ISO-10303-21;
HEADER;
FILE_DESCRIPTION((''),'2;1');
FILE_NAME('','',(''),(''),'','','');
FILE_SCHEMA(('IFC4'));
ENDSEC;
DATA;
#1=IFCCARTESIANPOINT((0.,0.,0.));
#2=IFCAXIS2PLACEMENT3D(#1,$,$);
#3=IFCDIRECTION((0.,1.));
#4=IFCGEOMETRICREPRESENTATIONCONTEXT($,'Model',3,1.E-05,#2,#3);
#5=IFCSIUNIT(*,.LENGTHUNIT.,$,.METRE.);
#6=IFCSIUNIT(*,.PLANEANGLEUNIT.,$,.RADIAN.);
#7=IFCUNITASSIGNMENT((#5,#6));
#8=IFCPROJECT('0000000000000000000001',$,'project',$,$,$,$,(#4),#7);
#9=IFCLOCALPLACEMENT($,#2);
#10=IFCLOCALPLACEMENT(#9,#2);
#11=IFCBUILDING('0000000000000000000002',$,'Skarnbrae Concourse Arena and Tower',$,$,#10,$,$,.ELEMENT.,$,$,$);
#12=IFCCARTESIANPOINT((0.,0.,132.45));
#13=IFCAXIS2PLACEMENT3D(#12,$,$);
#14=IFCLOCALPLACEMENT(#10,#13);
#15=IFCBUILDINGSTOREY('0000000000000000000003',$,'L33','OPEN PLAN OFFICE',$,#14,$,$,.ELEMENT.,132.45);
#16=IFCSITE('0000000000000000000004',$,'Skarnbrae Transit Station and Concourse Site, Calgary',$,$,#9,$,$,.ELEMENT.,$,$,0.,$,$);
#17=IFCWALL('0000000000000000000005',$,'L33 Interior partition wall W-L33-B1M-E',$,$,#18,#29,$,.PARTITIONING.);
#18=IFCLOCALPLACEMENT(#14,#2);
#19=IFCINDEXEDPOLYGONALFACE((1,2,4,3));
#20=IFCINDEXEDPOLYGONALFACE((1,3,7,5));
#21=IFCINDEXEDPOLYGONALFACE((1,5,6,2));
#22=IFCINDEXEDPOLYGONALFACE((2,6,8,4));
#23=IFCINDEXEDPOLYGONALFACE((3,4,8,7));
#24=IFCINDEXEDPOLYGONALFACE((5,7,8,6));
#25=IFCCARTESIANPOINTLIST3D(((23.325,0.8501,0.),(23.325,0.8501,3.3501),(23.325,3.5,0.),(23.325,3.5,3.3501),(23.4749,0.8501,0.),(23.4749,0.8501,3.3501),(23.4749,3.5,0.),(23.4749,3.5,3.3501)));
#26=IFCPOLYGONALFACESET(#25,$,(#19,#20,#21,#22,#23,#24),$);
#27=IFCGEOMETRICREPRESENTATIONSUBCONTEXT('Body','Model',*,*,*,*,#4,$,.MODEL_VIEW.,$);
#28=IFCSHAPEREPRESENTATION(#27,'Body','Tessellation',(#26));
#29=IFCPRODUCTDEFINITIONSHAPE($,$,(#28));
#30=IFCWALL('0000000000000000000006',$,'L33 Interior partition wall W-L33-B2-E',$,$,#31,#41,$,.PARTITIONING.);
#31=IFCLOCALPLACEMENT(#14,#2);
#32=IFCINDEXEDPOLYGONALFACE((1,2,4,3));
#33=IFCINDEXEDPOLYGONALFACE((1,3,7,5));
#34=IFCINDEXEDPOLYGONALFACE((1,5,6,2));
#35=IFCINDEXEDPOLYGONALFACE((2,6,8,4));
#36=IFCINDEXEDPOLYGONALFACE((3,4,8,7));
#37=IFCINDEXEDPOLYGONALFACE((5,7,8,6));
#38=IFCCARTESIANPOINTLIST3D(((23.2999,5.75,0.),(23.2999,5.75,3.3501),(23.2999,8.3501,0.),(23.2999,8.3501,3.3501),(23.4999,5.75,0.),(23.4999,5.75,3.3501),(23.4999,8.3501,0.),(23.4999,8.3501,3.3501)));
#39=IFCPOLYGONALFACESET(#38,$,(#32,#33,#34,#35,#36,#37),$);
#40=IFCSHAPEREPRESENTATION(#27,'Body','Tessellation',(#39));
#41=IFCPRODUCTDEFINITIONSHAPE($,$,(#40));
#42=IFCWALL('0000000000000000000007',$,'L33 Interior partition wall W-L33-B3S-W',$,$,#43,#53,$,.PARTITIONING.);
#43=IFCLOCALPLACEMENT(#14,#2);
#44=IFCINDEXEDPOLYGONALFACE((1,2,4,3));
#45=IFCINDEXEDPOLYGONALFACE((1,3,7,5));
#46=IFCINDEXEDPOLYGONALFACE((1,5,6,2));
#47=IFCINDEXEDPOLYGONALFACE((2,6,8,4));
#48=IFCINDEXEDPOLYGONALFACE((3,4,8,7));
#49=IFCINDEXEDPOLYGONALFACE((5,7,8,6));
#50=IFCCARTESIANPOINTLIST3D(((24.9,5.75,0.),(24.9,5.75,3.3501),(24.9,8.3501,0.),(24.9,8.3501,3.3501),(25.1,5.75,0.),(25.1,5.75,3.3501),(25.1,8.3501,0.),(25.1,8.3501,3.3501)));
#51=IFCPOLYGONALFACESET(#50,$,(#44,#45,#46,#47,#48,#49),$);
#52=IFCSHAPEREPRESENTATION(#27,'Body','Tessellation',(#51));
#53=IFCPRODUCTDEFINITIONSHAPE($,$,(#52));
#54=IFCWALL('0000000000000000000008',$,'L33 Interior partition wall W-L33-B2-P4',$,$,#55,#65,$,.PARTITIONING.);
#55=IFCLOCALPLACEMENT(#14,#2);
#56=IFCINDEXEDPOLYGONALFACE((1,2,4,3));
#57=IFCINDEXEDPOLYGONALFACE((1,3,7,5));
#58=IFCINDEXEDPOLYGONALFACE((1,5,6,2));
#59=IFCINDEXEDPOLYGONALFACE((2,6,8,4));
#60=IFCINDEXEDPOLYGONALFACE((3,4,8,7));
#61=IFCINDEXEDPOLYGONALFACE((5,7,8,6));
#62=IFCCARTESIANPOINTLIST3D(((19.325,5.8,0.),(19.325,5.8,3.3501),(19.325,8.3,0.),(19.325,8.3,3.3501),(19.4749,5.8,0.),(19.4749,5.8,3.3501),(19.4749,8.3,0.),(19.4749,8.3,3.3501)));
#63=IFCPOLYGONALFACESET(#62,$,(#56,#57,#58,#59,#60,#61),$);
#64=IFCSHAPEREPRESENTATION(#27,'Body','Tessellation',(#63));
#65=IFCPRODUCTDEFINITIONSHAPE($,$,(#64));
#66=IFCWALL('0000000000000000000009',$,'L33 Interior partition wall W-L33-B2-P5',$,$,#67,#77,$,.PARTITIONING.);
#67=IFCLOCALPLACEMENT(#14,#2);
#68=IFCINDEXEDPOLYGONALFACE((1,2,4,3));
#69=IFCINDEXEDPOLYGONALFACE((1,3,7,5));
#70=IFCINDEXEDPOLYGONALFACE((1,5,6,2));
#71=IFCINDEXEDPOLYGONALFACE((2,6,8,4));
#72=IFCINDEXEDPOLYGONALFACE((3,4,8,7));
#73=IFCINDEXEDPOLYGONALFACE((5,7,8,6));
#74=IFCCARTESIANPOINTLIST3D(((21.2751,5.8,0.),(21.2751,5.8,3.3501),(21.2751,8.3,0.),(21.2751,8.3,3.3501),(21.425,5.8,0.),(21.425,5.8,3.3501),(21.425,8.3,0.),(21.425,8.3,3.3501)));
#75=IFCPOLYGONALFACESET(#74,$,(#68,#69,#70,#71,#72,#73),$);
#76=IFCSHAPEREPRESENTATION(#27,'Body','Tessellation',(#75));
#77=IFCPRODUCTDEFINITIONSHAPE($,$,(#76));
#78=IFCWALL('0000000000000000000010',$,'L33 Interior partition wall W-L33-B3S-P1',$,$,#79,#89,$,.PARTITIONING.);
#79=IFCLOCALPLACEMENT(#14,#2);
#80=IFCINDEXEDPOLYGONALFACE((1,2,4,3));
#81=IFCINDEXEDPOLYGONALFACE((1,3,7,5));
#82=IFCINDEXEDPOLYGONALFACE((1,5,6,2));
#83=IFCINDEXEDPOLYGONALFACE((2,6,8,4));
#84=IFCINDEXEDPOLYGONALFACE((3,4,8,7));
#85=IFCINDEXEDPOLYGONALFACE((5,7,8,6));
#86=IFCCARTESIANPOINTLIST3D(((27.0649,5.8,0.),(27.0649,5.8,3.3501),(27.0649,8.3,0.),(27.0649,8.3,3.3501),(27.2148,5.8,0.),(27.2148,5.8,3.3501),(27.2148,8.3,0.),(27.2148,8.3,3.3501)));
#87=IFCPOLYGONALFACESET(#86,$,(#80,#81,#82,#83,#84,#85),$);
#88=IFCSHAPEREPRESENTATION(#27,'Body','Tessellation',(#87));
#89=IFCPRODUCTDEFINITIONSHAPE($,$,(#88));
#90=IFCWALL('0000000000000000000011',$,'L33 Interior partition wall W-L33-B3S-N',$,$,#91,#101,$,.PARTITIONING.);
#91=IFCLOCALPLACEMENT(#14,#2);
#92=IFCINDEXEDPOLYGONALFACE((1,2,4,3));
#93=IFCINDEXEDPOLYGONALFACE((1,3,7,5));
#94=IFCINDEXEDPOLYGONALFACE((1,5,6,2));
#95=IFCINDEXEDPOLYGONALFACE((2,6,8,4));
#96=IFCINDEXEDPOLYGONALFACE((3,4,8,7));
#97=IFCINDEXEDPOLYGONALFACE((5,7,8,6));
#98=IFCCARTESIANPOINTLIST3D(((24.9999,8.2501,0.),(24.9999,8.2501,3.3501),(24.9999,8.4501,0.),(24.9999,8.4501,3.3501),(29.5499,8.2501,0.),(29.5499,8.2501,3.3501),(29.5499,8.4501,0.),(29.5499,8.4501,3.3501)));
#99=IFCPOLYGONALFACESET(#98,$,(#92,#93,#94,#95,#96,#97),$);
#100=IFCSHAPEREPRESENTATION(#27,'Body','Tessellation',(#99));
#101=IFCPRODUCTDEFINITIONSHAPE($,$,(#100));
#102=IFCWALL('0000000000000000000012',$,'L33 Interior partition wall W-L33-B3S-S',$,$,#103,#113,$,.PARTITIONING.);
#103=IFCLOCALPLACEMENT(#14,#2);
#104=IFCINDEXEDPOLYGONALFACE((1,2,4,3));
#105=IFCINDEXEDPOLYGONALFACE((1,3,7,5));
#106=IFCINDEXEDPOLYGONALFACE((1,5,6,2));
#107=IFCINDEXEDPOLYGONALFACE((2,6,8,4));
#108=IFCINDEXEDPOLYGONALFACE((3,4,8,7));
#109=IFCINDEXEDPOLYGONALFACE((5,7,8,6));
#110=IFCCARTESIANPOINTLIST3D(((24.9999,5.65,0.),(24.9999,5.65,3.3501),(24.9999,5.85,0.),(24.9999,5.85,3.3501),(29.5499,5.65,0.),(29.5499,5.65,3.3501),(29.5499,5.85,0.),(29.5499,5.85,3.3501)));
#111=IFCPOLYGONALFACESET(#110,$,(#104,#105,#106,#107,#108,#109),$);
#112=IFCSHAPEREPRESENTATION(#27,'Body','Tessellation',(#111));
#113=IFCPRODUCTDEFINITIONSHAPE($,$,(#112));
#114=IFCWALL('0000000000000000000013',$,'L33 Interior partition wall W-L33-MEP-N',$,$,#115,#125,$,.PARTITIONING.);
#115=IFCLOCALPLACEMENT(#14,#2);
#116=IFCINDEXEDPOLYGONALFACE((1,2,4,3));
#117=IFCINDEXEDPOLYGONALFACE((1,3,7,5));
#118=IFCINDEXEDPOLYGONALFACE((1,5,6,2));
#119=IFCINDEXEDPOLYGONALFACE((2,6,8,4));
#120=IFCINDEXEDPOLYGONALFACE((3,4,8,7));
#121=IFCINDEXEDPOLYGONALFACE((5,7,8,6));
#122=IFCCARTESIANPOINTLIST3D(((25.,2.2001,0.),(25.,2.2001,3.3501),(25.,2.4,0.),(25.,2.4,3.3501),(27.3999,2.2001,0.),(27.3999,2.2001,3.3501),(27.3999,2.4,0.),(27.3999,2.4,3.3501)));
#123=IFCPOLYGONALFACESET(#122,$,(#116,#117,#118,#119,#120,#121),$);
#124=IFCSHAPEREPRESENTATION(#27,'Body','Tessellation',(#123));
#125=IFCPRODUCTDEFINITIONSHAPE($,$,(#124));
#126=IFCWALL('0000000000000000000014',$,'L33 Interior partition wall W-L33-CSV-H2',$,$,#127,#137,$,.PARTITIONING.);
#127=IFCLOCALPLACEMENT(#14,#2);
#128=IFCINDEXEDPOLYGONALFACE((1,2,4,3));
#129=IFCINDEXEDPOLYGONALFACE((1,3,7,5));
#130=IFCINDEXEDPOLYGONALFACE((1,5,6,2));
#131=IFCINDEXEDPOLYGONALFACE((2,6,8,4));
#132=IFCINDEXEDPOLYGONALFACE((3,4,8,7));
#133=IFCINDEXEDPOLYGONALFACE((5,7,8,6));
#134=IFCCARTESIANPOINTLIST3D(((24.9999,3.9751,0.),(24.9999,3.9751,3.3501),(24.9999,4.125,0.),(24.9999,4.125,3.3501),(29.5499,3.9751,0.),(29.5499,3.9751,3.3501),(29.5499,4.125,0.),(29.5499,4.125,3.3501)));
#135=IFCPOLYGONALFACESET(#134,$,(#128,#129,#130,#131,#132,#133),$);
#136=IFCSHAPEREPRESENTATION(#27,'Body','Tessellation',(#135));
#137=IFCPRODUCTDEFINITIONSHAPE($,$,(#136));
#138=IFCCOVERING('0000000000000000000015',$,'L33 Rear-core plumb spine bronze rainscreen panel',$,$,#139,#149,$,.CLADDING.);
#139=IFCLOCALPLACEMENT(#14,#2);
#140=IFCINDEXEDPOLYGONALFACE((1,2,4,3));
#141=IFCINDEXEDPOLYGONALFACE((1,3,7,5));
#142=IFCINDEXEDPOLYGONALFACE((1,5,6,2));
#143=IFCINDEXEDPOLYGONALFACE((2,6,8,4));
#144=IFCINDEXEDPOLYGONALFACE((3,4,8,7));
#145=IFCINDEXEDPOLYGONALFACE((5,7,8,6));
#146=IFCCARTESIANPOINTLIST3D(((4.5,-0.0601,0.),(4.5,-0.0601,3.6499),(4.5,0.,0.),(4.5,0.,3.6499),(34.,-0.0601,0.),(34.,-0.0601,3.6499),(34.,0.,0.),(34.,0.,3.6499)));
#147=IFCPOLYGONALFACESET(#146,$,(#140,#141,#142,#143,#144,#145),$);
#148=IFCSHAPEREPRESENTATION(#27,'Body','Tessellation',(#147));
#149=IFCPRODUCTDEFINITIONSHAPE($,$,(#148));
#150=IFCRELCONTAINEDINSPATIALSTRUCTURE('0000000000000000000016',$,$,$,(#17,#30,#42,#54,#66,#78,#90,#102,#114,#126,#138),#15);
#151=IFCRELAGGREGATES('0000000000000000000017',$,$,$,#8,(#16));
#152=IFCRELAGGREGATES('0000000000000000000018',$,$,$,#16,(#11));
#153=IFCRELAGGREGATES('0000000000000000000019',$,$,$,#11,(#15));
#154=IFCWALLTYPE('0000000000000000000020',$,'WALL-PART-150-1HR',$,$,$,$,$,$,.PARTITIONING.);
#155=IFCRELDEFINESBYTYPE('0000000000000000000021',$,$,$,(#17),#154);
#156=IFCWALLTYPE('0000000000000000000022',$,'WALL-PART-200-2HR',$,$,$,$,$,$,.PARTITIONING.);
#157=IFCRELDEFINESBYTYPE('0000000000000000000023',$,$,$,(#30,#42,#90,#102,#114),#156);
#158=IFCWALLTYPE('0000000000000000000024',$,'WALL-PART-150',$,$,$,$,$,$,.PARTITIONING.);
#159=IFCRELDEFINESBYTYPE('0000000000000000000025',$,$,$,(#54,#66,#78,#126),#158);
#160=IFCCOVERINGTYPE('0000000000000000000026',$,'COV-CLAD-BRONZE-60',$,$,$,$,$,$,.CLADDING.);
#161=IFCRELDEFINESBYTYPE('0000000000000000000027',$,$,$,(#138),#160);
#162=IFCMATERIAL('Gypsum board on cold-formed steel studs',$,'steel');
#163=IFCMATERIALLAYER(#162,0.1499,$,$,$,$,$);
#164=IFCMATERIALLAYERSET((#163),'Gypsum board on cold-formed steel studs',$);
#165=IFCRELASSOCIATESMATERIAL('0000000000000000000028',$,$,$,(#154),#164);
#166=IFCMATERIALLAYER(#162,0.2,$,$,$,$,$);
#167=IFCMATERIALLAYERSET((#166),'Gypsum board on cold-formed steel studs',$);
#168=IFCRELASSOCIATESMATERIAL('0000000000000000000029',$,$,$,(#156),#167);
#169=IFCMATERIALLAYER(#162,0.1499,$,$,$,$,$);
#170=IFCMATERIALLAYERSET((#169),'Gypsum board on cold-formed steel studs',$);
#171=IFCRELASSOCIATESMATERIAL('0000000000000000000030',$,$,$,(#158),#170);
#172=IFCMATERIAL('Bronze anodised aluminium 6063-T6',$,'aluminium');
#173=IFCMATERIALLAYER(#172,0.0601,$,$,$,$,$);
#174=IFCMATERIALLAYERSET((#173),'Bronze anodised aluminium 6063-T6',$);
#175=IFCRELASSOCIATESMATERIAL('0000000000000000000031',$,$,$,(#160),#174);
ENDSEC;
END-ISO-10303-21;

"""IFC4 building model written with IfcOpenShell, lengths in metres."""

from ifc_helpers import new_model, si_unit, direction, frame, frame_2d, origin, origin_2d, place, context, subcontext, project, spatial, rectangle, extrude, source, transform, mapped, material, layer, layer_set, type_object, element, save


model = new_model("IFC4")

# Units and contexts
model_context = context("Model", 3, precision=1e-05, world=origin(), true_north=direction((0.0, 1.0)))
body_context = subcontext(model_context, "Body", "Model", "MODEL_VIEW")
ifc_project = project(units=[si_unit("LENGTHUNIT", "METRE"), si_unit("PLANEANGLEUNIT", "RADIAN")], contexts=[model_context])

# Site, building, storey
site_placement = place(None, origin())
site = spatial("IfcSite", under=ifc_project, at=site_placement, Name="Skarnbrae Transit Station and Concourse Site, Calgary", CompositionType="ELEMENT", RefElevation=0.0)
building_placement = place(site_placement, origin())
building = spatial("IfcBuilding", under=site, at=building_placement, Name="Skarnbrae Concourse Arena and Tower", CompositionType="ELEMENT")
storey_placement = place(building_placement, frame((0.0, 0.0, 132.45)))
storey = spatial("IfcBuildingStorey", under=building, at=storey_placement, Name="L33", Description="OPEN PLAN OFFICE", CompositionType="ELEMENT", Elevation=132.45)

# Walls
ifc_material_1 = material(Name="Gypsum board on cold-formed steel studs", Category="steel")
ifc_layer_1 = layer(ifc_material_1, 0.1499)
ifc_layer_set_1 = layer_set([ifc_layer_1], Name="Gypsum board on cold-formed steel studs")
wall_type_1 = type_object("IfcWallType", Name="WALL-PART-150-1HR", PredefinedType="PARTITIONING", material=ifc_layer_set_1)
shared_shape_1 = source(origin(), body_context, "Body", "SweptSolid", [
    extrude(rectangle(XDim=2.6499, YDim=0.1499, at=frame_2d((1.325, 0.0))), origin(), (0.0, 0.0, 1.0), 3.3501),
])
wall_1_placement = place(storey_placement, frame((23.3999, 0.8501, 0.0), z_axis=(0.0, 0.0, 1.0), x_axis=(0.0, 1.0, 0.0)))
element("IfcWall", 1, at=wall_1_placement, inside=storey, type_object=wall_type_1, Name="L33 Interior partition wall W-L33-B1M-E", PredefinedType="PARTITIONING", context=body_context, shape_type="MappedRepresentation", body=[
    mapped(shared_shape_1, transform((0.0, 0.0, 0.0))),
])
ifc_layer_2 = layer(ifc_material_1, 0.2)
ifc_layer_set_2 = layer_set([ifc_layer_2], Name="Gypsum board on cold-formed steel studs")
wall_type_2 = type_object("IfcWallType", Name="WALL-PART-200-2HR", PredefinedType="PARTITIONING", material=ifc_layer_set_2)
shared_shape_2 = source(origin(), body_context, "Body", "SweptSolid", [
    extrude(rectangle(XDim=2.6001, YDim=0.2, at=frame_2d((1.3, 0.0))), origin(), (0.0, 0.0, 1.0), 3.3501),
])
for number, where, z_axis, x_axis, name in (
    (2, (23.3999, 5.75, 0.0), (0.0, 0.0, 1.0), (0.0, 1.0, 0.0), "L33 Interior partition wall W-L33-B2-E"),
    (3, (25.0, 5.75, 0.0), (0.0, 0.0, 1.0), (0.0, 1.0, 0.0), "L33 Interior partition wall W-L33-B3S-W"),
):
    element("IfcWall", number, at=place(storey_placement, frame(where, z_axis=z_axis, x_axis=x_axis)), inside=storey, type_object=wall_type_2, Name=name, PredefinedType="PARTITIONING", context=body_context, shape_type="MappedRepresentation", body=[
        mapped(shared_shape_2, transform((0.0, 0.0, 0.0))),
    ])
ifc_layer_3 = layer(ifc_material_1, 0.1499)
ifc_layer_set_3 = layer_set([ifc_layer_3], Name="Gypsum board on cold-formed steel studs")
wall_type_3 = type_object("IfcWallType", Name="WALL-PART-150", PredefinedType="PARTITIONING", material=ifc_layer_set_3)
shared_shape_3 = source(origin(), body_context, "Body", "SweptSolid", [
    extrude(rectangle(XDim=2.5, YDim=0.1499, at=frame_2d((1.25, 0.0))), origin(), (0.0, 0.0, 1.0), 3.3501),
])
for number, where, z_axis, x_axis, name in (
    (4, (19.3999, 5.8, 0.0), (0.0, 0.0, 1.0), (0.0, 1.0, 0.0), "L33 Interior partition wall W-L33-B2-P4"),
    (5, (21.3501, 5.8, 0.0), (0.0, 0.0, 1.0), (0.0, 1.0, 0.0), "L33 Interior partition wall W-L33-B2-P5"),
    (6, (27.1399, 5.8, 0.0), (0.0, 0.0, 1.0), (0.0, 1.0, 0.0), "L33 Interior partition wall W-L33-B3S-P1"),
):
    element("IfcWall", number, at=place(storey_placement, frame(where, z_axis=z_axis, x_axis=x_axis)), inside=storey, type_object=wall_type_3, Name=name, PredefinedType="PARTITIONING", context=body_context, shape_type="MappedRepresentation", body=[
        mapped(shared_shape_3, transform((0.0, 0.0, 0.0))),
    ])
shared_shape_4 = source(origin(), body_context, "Body", "SweptSolid", [
    extrude(rectangle(XDim=4.55, YDim=0.2, at=frame_2d((2.2749, 0.0))), origin(), (0.0, 0.0, 1.0), 3.3501),
])
for number, where, z_axis, x_axis, name in (
    (7, (25.0, 8.3501, 0.0), (0.0, 0.0, 1.0), (1.0, 0.0, 0.0), "L33 Interior partition wall W-L33-B3S-N"),
    (8, (25.0, 5.75, 0.0), (0.0, 0.0, 1.0), (1.0, 0.0, 0.0), "L33 Interior partition wall W-L33-B3S-S"),
):
    element("IfcWall", number, at=place(storey_placement, frame(where, z_axis=z_axis, x_axis=x_axis)), inside=storey, type_object=wall_type_2, Name=name, PredefinedType="PARTITIONING", context=body_context, shape_type="MappedRepresentation", body=[
        mapped(shared_shape_4, transform((0.0, 0.0, 0.0))),
    ])

# Walls
shared_shape_5 = source(origin(), body_context, "Body", "SweptSolid", [
    extrude(rectangle(XDim=2.3999, YDim=0.2, at=frame_2d((1.2, 0.0))), origin(), (0.0, 0.0, 1.0), 3.3501),
])
wall_2_placement = place(storey_placement, frame((25.0, 2.3, 0.0), z_axis=(0.0, 0.0, 1.0), x_axis=(1.0, 0.0, 0.0)))
element("IfcWall", 9, at=wall_2_placement, inside=storey, type_object=wall_type_2, Name="L33 Interior partition wall W-L33-MEP-N", PredefinedType="PARTITIONING", context=body_context, shape_type="MappedRepresentation", body=[
    mapped(shared_shape_5, transform((0.0, 0.0, 0.0))),
])
shared_shape_6 = source(origin(), body_context, "Body", "SweptSolid", [
    extrude(rectangle(XDim=4.55, YDim=0.1499, at=frame_2d((2.2749, 0.0))), origin(), (0.0, 0.0, 1.0), 3.3501),
])
wall_3_placement = place(storey_placement, frame((25.0, 4.05, 0.0), z_axis=(0.0, 0.0, 1.0), x_axis=(1.0, 0.0, 0.0)))
element("IfcWall", 10, at=wall_3_placement, inside=storey, type_object=wall_type_3, Name="L33 Interior partition wall W-L33-CSV-H2", PredefinedType="PARTITIONING", context=body_context, shape_type="MappedRepresentation", body=[
    mapped(shared_shape_6, transform((0.0, 0.0, 0.0))),
])

# Covering
ifc_material_2 = material(Name="Bronze anodised aluminium 6063-T6", Category="aluminium")
ifc_layer_4 = layer(ifc_material_2, 0.0601)
ifc_layer_set_4 = layer_set([ifc_layer_4], Name="Bronze anodised aluminium 6063-T6")
covering_type = type_object("IfcCoveringType", Name="COV-CLAD-BRONZE-60", PredefinedType="CLADDING", material=ifc_layer_set_4)
shared_shape_7 = source(origin(), body_context, "Body", "SweptSolid", [
    extrude(rectangle(XDim=29.5, YDim=0.0601, at=origin_2d()), origin(), (0.0, 0.0, 1.0), 3.6499),
])
covering_placement = place(storey_placement, frame((19.25, -0.03, 0.0), z_axis=(0.0, 0.0, 1.0), x_axis=(1.0, 0.0, 0.0)))
element("IfcCovering", 11, at=covering_placement, inside=storey, type_object=covering_type, Name="L33 Rear-core plumb spine bronze rainscreen panel", PredefinedType="CLADDING", context=body_context, shape_type="MappedRepresentation", body=[
    mapped(shared_shape_7, transform((0.0, 0.0, 0.0))),
])

save(model, "model.ifc")
